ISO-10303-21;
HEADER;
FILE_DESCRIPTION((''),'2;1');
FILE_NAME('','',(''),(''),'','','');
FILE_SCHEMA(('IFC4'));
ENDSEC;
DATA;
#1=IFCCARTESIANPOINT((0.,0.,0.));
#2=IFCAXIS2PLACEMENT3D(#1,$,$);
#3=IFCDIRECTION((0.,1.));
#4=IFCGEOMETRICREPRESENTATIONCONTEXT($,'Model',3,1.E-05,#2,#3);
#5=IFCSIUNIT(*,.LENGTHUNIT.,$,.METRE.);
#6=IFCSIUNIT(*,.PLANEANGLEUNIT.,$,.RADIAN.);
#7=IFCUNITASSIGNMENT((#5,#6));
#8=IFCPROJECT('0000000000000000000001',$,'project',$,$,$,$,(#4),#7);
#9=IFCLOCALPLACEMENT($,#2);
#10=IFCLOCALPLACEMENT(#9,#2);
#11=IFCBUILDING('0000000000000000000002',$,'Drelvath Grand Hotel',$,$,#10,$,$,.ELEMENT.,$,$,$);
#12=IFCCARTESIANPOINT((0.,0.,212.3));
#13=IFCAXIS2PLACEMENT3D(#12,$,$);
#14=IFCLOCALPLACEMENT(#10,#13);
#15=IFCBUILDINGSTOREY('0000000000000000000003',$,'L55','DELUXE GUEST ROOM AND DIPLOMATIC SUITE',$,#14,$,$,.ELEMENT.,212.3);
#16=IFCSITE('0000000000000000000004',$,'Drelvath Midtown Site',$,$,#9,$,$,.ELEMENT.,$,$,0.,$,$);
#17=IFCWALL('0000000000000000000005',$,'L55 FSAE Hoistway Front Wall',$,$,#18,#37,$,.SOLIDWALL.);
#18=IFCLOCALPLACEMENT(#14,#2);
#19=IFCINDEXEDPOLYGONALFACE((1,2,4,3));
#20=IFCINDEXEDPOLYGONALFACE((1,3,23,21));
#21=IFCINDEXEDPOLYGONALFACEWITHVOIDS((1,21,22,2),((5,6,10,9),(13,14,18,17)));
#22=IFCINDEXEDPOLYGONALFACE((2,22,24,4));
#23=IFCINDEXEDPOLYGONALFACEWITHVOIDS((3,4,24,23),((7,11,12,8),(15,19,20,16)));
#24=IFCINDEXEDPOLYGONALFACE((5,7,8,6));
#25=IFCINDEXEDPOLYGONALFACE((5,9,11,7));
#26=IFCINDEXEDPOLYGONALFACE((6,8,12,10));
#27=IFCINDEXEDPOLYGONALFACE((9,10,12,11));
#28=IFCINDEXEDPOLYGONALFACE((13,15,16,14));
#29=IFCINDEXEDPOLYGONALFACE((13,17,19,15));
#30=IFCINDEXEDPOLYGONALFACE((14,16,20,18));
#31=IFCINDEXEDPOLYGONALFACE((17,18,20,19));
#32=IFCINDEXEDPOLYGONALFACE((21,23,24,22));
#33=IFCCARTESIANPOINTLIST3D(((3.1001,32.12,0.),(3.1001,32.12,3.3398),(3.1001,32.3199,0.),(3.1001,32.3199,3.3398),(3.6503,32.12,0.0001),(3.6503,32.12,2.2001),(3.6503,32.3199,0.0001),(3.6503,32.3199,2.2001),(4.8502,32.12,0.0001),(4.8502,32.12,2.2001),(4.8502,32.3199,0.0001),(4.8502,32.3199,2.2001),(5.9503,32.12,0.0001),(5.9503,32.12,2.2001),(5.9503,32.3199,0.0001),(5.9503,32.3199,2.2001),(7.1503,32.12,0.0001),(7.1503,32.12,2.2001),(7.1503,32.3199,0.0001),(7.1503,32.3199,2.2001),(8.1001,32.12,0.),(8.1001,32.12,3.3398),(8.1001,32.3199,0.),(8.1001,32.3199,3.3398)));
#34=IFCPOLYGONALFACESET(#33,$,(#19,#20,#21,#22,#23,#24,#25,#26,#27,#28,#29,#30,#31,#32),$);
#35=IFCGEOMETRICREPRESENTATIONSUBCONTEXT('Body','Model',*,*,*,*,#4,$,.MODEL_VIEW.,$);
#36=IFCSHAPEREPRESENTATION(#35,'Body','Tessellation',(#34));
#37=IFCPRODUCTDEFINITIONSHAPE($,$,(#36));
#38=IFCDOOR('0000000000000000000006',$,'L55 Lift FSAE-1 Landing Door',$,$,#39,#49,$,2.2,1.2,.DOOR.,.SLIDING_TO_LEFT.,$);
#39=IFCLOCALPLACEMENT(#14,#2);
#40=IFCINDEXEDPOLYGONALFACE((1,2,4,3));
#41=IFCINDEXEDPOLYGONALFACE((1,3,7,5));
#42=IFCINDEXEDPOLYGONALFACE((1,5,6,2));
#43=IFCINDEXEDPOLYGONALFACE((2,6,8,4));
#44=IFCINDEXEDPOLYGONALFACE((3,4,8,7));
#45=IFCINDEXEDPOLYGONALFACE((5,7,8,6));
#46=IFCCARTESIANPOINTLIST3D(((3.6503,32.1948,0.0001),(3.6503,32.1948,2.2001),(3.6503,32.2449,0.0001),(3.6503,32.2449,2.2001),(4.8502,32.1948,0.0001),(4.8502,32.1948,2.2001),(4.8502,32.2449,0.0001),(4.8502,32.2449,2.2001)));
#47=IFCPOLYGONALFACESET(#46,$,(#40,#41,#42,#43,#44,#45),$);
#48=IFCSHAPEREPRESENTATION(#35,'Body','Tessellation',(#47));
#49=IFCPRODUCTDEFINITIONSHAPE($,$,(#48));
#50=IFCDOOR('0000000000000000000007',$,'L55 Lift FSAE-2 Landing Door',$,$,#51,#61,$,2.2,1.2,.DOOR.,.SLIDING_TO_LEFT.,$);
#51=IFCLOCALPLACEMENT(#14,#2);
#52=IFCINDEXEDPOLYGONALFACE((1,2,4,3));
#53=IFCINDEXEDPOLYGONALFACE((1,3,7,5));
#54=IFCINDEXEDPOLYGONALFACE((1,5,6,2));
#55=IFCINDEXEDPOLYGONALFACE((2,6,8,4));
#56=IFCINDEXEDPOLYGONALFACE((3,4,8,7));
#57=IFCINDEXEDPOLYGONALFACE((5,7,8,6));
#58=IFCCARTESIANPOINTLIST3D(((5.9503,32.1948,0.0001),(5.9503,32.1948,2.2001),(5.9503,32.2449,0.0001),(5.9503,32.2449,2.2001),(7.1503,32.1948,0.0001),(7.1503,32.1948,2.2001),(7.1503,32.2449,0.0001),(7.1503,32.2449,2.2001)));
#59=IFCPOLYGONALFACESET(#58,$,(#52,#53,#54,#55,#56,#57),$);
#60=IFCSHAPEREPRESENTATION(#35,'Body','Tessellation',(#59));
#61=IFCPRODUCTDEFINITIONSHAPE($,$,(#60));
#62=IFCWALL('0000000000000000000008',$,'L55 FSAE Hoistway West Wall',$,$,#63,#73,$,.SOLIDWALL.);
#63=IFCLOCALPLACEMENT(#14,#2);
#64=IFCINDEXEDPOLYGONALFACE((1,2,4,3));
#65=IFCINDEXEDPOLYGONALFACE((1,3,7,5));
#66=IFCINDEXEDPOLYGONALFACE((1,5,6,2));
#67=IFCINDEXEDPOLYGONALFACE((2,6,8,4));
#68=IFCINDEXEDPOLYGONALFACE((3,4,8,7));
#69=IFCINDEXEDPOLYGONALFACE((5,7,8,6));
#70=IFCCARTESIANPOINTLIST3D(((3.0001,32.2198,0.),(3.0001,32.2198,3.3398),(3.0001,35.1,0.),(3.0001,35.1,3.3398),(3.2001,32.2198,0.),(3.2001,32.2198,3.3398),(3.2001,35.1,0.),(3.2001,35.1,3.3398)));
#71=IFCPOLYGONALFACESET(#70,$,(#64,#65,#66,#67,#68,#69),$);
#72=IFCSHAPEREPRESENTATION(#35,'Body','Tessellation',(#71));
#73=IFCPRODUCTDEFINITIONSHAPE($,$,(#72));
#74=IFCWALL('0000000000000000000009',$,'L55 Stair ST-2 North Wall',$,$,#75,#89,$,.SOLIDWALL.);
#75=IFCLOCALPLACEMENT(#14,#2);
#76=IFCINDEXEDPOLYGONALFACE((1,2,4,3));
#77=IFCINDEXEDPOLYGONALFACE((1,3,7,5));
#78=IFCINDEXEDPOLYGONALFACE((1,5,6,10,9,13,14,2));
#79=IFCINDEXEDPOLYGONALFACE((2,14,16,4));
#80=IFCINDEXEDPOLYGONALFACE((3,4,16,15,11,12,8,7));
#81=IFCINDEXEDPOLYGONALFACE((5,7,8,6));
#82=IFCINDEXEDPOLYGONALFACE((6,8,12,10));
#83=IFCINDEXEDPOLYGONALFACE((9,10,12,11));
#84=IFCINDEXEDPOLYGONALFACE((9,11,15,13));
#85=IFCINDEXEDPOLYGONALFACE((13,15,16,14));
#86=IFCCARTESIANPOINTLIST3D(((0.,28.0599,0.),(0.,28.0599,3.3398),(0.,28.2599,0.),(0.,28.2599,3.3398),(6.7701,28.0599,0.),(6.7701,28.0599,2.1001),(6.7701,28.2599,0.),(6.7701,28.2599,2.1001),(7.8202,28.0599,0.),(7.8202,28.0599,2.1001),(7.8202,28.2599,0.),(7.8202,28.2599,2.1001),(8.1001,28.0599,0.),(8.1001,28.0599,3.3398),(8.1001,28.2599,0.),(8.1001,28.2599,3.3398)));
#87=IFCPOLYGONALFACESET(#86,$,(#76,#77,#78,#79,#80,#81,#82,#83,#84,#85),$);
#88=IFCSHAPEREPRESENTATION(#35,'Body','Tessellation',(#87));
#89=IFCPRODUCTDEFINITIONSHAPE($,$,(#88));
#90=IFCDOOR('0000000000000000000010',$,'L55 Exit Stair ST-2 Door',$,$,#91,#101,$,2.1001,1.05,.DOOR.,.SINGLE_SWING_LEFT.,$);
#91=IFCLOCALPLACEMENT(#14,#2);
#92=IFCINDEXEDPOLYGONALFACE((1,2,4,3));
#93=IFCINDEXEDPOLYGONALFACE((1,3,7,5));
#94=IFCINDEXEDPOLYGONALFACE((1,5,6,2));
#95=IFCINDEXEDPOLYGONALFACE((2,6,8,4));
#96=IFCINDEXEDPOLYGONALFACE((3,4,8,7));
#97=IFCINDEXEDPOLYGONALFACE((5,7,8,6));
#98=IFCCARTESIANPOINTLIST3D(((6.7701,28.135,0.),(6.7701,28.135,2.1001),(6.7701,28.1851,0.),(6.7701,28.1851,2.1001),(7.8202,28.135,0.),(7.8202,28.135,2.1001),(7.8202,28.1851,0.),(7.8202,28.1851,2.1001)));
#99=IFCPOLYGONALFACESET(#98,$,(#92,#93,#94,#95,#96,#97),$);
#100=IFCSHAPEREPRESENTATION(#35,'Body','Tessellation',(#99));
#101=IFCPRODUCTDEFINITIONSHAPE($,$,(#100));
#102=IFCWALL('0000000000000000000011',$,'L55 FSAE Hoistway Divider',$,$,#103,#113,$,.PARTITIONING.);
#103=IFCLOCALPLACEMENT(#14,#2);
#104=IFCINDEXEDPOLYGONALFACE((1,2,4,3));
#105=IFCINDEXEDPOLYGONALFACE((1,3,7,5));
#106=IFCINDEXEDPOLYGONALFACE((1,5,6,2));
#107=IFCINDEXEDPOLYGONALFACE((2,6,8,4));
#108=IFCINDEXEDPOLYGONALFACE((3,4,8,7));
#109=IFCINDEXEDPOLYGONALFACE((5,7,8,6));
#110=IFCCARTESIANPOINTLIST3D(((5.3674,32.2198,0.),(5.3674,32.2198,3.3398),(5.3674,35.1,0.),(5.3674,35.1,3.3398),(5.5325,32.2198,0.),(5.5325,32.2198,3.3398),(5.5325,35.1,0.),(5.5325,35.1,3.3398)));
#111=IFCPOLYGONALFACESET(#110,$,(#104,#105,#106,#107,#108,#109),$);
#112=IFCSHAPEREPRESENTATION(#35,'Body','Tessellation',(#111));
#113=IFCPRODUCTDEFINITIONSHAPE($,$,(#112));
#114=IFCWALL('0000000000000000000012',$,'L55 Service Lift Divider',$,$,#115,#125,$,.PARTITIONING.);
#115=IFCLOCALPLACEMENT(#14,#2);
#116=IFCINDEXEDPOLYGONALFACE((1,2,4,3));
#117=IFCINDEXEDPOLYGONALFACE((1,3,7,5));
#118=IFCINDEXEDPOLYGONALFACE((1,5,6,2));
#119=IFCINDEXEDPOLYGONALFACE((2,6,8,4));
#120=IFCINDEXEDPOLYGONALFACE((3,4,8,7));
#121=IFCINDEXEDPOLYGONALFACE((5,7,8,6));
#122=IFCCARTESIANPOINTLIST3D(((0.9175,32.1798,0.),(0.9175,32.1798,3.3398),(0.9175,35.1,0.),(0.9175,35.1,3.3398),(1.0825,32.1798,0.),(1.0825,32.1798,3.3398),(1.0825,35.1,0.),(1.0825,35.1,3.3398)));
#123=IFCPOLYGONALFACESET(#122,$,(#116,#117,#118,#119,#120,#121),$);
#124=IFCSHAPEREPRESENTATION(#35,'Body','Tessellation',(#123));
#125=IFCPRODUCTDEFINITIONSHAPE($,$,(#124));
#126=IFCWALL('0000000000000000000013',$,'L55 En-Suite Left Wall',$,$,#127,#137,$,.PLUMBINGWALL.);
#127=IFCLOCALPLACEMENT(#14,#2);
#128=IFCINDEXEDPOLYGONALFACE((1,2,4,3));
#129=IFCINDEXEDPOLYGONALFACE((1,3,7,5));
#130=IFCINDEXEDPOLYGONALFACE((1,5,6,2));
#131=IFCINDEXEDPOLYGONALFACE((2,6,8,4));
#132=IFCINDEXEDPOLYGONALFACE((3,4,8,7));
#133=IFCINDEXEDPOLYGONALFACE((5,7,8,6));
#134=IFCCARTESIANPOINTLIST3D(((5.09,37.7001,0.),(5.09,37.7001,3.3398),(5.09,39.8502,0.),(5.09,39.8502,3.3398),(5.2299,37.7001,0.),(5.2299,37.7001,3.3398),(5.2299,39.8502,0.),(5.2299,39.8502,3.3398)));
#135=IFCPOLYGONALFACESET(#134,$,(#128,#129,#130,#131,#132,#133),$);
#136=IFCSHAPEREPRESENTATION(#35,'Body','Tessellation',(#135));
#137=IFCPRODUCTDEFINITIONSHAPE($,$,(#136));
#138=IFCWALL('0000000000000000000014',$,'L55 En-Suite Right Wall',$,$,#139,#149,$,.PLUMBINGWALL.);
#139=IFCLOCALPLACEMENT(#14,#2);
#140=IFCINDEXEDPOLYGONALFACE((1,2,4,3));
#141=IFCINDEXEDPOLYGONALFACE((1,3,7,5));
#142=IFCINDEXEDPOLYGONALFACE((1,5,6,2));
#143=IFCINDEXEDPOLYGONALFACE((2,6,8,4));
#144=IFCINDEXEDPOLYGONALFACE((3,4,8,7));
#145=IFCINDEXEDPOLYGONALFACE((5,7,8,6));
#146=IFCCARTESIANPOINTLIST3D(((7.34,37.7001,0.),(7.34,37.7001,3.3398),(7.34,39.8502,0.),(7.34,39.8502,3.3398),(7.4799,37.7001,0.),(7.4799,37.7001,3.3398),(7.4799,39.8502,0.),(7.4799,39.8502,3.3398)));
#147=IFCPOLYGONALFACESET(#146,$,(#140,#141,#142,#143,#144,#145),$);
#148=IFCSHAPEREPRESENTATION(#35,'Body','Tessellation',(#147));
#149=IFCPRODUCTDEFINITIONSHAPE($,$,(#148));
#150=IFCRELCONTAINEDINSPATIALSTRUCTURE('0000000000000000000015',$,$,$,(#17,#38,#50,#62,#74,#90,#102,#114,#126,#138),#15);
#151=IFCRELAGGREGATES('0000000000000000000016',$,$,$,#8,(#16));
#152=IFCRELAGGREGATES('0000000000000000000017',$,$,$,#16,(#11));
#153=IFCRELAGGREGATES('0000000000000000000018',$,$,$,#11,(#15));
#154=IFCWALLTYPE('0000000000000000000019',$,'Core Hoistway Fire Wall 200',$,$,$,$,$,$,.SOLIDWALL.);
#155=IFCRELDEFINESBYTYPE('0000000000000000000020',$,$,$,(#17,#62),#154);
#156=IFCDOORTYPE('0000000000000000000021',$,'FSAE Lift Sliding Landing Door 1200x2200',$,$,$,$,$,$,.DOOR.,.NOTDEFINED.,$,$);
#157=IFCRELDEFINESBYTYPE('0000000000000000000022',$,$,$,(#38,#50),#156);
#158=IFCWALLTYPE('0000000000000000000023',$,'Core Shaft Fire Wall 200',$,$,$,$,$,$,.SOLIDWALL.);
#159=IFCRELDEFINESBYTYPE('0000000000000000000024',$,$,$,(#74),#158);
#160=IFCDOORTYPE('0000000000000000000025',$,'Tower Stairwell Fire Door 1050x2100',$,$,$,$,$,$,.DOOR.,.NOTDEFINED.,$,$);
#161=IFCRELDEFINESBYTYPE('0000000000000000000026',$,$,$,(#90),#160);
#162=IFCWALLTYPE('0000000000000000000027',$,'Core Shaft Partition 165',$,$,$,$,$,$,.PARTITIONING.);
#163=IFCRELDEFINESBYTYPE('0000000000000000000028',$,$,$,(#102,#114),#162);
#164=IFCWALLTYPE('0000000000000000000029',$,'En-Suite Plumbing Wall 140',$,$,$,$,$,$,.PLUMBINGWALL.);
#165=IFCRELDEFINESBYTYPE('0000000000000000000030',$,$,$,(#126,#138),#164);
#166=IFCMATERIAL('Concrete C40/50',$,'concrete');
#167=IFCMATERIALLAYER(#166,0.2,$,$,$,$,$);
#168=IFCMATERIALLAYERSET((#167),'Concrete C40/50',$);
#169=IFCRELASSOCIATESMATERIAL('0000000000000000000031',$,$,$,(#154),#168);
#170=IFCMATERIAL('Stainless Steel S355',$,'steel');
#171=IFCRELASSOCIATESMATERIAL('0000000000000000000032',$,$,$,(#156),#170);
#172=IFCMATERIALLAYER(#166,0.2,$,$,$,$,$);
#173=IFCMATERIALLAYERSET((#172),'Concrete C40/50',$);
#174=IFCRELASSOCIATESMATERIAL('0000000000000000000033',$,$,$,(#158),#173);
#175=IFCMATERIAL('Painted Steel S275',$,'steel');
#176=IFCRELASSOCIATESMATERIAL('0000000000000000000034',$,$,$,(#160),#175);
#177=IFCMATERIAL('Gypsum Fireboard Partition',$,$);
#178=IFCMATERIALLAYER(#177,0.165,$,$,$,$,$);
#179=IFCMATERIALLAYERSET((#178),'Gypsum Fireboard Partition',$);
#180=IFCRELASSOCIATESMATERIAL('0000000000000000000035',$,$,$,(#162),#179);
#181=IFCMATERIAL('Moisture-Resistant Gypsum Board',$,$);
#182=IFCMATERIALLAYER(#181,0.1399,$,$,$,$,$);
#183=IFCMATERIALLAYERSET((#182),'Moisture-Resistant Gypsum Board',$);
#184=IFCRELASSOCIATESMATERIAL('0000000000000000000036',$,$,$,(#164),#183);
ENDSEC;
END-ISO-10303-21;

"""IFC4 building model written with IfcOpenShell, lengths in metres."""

from ifc_helpers import new_model, si_unit, direction, frame, frame_2d, origin, place, context, subcontext, project, spatial, rectangle, extrude, material, layer, layer_set, type_object, element, fill, save


model = new_model("IFC4")

# Units and contexts
model_context = context("Model", 3, precision=1e-05, world=origin(), true_north=direction((0.0, 1.0)))
body_context = subcontext(model_context, "Body", "Model", "MODEL_VIEW")
ifc_project = project(units=[si_unit("LENGTHUNIT", "METRE"), si_unit("PLANEANGLEUNIT", "RADIAN")], contexts=[model_context])

# Site, building, storey
site_placement = place(None, origin())
site = spatial("IfcSite", under=ifc_project, at=site_placement, Name="Drelvath Midtown Site", CompositionType="ELEMENT", RefElevation=0.0)
building_placement = place(site_placement, origin())
building = spatial("IfcBuilding", under=site, at=building_placement, Name="Drelvath Grand Hotel", CompositionType="ELEMENT")
storey_placement = place(building_placement, frame((0.0, 0.0, 212.3)))
storey = spatial("IfcBuildingStorey", under=building, at=storey_placement, Name="L55", Description="DELUXE GUEST ROOM AND DIPLOMATIC SUITE", CompositionType="ELEMENT", Elevation=212.3)

# Wall, openings, doors
ifc_material_1 = material(Name="Concrete C40/50", Category="concrete")
ifc_layer_1 = layer(ifc_material_1, 0.2)
ifc_layer_set_1 = layer_set([ifc_layer_1], Name="Concrete C40/50")
wall_type_1 = type_object("IfcWallType", Name="Core Hoistway Fire Wall 200", PredefinedType="SOLIDWALL", material=ifc_layer_set_1)
wall_1_placement = place(storey_placement, frame((3.1001, 32.22, 0.0), z_axis=(0.0, 0.0, 1.0), x_axis=(1.0, 0.0, 0.0)))
wall_1 = element("IfcWall", 1, at=wall_1_placement, inside=storey, type_object=wall_type_1, Name="L55 FSAE Hoistway Front Wall", PredefinedType="SOLIDWALL", context=body_context, shape_type="SweptSolid", body=[
    extrude(rectangle(XDim=5.0, YDim=0.2, at=frame_2d((2.5, 0.0))), origin(), (0.0, 0.0, 1.0), 3.3398),
])
opening_1_placement = place(wall_1_placement, frame((0.55, 0.0, 0.0)))
opening_1 = element("IfcOpeningElement", 2, at=opening_1_placement, cuts=wall_1, PredefinedType="OPENING", context=body_context, shape_type="SweptSolid", body=[
    extrude(rectangle(XDim=1.2, YDim=2.2, at=frame_2d((0.6001, 1.1001))), frame((0.0, 0.1099, 0.0), z_axis=(0.0, -1.0, 0.0), x_axis=(1.0, 0.0, 0.0)), (0.0, 0.0, 1.0), 0.22),
])
opening_2_placement = place(wall_1_placement, frame((2.8501, 0.0, 0.0)))
opening_2 = element("IfcOpeningElement", 3, at=opening_2_placement, cuts=wall_1, PredefinedType="OPENING", context=body_context, shape_type="SweptSolid", body=[
    extrude(rectangle(XDim=1.2, YDim=2.2, at=frame_2d((0.6001, 1.1001))), frame((0.0, 0.1099, 0.0), z_axis=(0.0, -1.0, 0.0), x_axis=(1.0, 0.0, 0.0)), (0.0, 0.0, 1.0), 0.22),
])
ifc_material_2 = material(Name="Stainless Steel S355", Category="steel")
door_type_1 = type_object("IfcDoorType", Name="FSAE Lift Sliding Landing Door 1200x2200", OperationType="NOTDEFINED", PredefinedType="DOOR", material=ifc_material_2)
door_1_placement = place(opening_1_placement, origin())
door_1 = element("IfcDoor", 4, at=door_1_placement, inside=storey, type_object=door_type_1, Name="L55 Lift FSAE-1 Landing Door", OperationType="SLIDING_TO_LEFT", OverallHeight=2.2, OverallWidth=1.2, PredefinedType="DOOR", context=body_context, shape_type="SweptSolid", body=[
    extrude(rectangle(XDim=1.2, YDim=2.2, at=frame_2d((0.6001, 1.1001))), frame((0.0, 0.0249, 0.0), z_axis=(0.0, -1.0, 0.0), x_axis=(1.0, 0.0, 0.0)), (0.0, 0.0, 1.0), 0.05),
])
fill(opening_1, door_1)
door_2_placement = place(opening_2_placement, origin())
door_2 = element("IfcDoor", 5, at=door_2_placement, inside=storey, type_object=door_type_1, Name="L55 Lift FSAE-2 Landing Door", OperationType="SLIDING_TO_LEFT", OverallHeight=2.2, OverallWidth=1.2, PredefinedType="DOOR", context=body_context, shape_type="SweptSolid", body=[
    extrude(rectangle(XDim=1.2, YDim=2.2, at=frame_2d((0.6001, 1.1001))), frame((0.0, 0.0249, 0.0), z_axis=(0.0, -1.0, 0.0), x_axis=(1.0, 0.0, 0.0)), (0.0, 0.0, 1.0), 0.05),
])
fill(opening_2, door_2)

# Wall
wall_2_placement = place(storey_placement, frame((3.1001, 32.22, 0.0), z_axis=(0.0, 0.0, 1.0), x_axis=(0.0, 1.0, 0.0)))
element("IfcWall", 6, at=wall_2_placement, inside=storey, type_object=wall_type_1, Name="L55 FSAE Hoistway West Wall", PredefinedType="SOLIDWALL", context=body_context, shape_type="SweptSolid", body=[
    extrude(rectangle(XDim=2.8801, YDim=0.2, at=frame_2d((1.4399, 0.0))), origin(), (0.0, 0.0, 1.0), 3.3398),
])

# Wall, opening, door
ifc_layer_2 = layer(ifc_material_1, 0.2)
ifc_layer_set_2 = layer_set([ifc_layer_2], Name="Concrete C40/50")
wall_type_2 = type_object("IfcWallType", Name="Core Shaft Fire Wall 200", PredefinedType="SOLIDWALL", material=ifc_layer_set_2)
wall_3_placement = place(storey_placement, frame((8.1001, 28.1599, 0.0), z_axis=(0.0, 0.0, 1.0), x_axis=(-1.0, 0.0, 0.0)))
wall_3 = element("IfcWall", 7, at=wall_3_placement, inside=storey, type_object=wall_type_2, Name="L55 Stair ST-2 North Wall", PredefinedType="SOLIDWALL", context=body_context, shape_type="SweptSolid", body=[
    extrude(rectangle(XDim=8.1001, YDim=0.2, at=frame_2d((4.05, 0.0))), origin(), (0.0, 0.0, 1.0), 3.3398),
])
opening_3_placement = place(wall_3_placement, frame((0.28, 0.0, 0.0)))
opening_3 = element("IfcOpeningElement", 8, at=opening_3_placement, cuts=wall_3, PredefinedType="OPENING", context=body_context, shape_type="SweptSolid", body=[
    extrude(rectangle(XDim=1.05, YDim=2.1001, at=frame_2d((0.5249, 1.05))), frame((0.0, 0.1099, 0.0), z_axis=(0.0, -1.0, 0.0), x_axis=(1.0, 0.0, 0.0)), (0.0, 0.0, 1.0), 0.22),
])
ifc_material_3 = material(Name="Painted Steel S275", Category="steel")
door_type_2 = type_object("IfcDoorType", Name="Tower Stairwell Fire Door 1050x2100", OperationType="NOTDEFINED", PredefinedType="DOOR", material=ifc_material_3)
door_3_placement = place(opening_3_placement, origin())
door_3 = element("IfcDoor", 9, at=door_3_placement, inside=storey, type_object=door_type_2, Name="L55 Exit Stair ST-2 Door", OperationType="SINGLE_SWING_LEFT", OverallHeight=2.1001, OverallWidth=1.05, PredefinedType="DOOR", context=body_context, shape_type="SweptSolid", body=[
    extrude(rectangle(XDim=1.05, YDim=2.1001, at=frame_2d((0.5249, 1.05))), frame((0.0, 0.0249, 0.0), z_axis=(0.0, -1.0, 0.0), x_axis=(1.0, 0.0, 0.0)), (0.0, 0.0, 1.0), 0.05),
])
fill(opening_3, door_3)

# Walls
ifc_material_4 = material(Name="Gypsum Fireboard Partition")
ifc_layer_3 = layer(ifc_material_4, 0.165)
ifc_layer_set_3 = layer_set([ifc_layer_3], Name="Gypsum Fireboard Partition")
wall_type_3 = type_object("IfcWallType", Name="Core Shaft Partition 165", PredefinedType="PARTITIONING", material=ifc_layer_set_3)
wall_4_placement = place(storey_placement, frame((5.45, 32.22, 0.0), z_axis=(0.0, 0.0, 1.0), x_axis=(0.0, 1.0, 0.0)))
element("IfcWall", 10, at=wall_4_placement, inside=storey, type_object=wall_type_3, Name="L55 FSAE Hoistway Divider", PredefinedType="PARTITIONING", context=body_context, shape_type="SweptSolid", body=[
    extrude(rectangle(XDim=2.8801, YDim=0.165, at=frame_2d((1.4399, 0.0))), origin(), (0.0, 0.0, 1.0), 3.3398),
])
wall_5_placement = place(storey_placement, frame((1.0, 32.1799, 0.0), z_axis=(0.0, 0.0, 1.0), x_axis=(0.0, 1.0, 0.0)))
element("IfcWall", 11, at=wall_5_placement, inside=storey, type_object=wall_type_3, Name="L55 Service Lift Divider", PredefinedType="PARTITIONING", context=body_context, shape_type="SweptSolid", body=[
    extrude(rectangle(XDim=2.9202, YDim=0.165, at=frame_2d((1.46, 0.0))), origin(), (0.0, 0.0, 1.0), 3.3398),
])
ifc_material_5 = material(Name="Moisture-Resistant Gypsum Board")
ifc_layer_4 = layer(ifc_material_5, 0.1399)
ifc_layer_set_4 = layer_set([ifc_layer_4], Name="Moisture-Resistant Gypsum Board")
wall_type_4 = type_object("IfcWallType", Name="En-Suite Plumbing Wall 140", PredefinedType="PLUMBINGWALL", material=ifc_layer_set_4)
for number, where, z_axis, x_axis, name in (
    (12, (5.1599, 37.7, 0.0), (0.0, 0.0, 1.0), (0.0, 1.0, 0.0), "L55 En-Suite Left Wall"),
    (13, (7.4099, 37.7, 0.0), (0.0, 0.0, 1.0), (0.0, 1.0, 0.0), "L55 En-Suite Right Wall"),
):
    element("IfcWall", number, at=place(storey_placement, frame(where, z_axis=z_axis, x_axis=x_axis)), inside=storey, type_object=wall_type_4, Name=name, PredefinedType="PLUMBINGWALL", context=body_context, shape_type="SweptSolid", body=[
        extrude(rectangle(XDim=2.1501, YDim=0.1399, at=frame_2d((1.0752, 0.0))), origin(), (0.0, 0.0, 1.0), 3.3398),
    ])

save(model, "model.ifc")
